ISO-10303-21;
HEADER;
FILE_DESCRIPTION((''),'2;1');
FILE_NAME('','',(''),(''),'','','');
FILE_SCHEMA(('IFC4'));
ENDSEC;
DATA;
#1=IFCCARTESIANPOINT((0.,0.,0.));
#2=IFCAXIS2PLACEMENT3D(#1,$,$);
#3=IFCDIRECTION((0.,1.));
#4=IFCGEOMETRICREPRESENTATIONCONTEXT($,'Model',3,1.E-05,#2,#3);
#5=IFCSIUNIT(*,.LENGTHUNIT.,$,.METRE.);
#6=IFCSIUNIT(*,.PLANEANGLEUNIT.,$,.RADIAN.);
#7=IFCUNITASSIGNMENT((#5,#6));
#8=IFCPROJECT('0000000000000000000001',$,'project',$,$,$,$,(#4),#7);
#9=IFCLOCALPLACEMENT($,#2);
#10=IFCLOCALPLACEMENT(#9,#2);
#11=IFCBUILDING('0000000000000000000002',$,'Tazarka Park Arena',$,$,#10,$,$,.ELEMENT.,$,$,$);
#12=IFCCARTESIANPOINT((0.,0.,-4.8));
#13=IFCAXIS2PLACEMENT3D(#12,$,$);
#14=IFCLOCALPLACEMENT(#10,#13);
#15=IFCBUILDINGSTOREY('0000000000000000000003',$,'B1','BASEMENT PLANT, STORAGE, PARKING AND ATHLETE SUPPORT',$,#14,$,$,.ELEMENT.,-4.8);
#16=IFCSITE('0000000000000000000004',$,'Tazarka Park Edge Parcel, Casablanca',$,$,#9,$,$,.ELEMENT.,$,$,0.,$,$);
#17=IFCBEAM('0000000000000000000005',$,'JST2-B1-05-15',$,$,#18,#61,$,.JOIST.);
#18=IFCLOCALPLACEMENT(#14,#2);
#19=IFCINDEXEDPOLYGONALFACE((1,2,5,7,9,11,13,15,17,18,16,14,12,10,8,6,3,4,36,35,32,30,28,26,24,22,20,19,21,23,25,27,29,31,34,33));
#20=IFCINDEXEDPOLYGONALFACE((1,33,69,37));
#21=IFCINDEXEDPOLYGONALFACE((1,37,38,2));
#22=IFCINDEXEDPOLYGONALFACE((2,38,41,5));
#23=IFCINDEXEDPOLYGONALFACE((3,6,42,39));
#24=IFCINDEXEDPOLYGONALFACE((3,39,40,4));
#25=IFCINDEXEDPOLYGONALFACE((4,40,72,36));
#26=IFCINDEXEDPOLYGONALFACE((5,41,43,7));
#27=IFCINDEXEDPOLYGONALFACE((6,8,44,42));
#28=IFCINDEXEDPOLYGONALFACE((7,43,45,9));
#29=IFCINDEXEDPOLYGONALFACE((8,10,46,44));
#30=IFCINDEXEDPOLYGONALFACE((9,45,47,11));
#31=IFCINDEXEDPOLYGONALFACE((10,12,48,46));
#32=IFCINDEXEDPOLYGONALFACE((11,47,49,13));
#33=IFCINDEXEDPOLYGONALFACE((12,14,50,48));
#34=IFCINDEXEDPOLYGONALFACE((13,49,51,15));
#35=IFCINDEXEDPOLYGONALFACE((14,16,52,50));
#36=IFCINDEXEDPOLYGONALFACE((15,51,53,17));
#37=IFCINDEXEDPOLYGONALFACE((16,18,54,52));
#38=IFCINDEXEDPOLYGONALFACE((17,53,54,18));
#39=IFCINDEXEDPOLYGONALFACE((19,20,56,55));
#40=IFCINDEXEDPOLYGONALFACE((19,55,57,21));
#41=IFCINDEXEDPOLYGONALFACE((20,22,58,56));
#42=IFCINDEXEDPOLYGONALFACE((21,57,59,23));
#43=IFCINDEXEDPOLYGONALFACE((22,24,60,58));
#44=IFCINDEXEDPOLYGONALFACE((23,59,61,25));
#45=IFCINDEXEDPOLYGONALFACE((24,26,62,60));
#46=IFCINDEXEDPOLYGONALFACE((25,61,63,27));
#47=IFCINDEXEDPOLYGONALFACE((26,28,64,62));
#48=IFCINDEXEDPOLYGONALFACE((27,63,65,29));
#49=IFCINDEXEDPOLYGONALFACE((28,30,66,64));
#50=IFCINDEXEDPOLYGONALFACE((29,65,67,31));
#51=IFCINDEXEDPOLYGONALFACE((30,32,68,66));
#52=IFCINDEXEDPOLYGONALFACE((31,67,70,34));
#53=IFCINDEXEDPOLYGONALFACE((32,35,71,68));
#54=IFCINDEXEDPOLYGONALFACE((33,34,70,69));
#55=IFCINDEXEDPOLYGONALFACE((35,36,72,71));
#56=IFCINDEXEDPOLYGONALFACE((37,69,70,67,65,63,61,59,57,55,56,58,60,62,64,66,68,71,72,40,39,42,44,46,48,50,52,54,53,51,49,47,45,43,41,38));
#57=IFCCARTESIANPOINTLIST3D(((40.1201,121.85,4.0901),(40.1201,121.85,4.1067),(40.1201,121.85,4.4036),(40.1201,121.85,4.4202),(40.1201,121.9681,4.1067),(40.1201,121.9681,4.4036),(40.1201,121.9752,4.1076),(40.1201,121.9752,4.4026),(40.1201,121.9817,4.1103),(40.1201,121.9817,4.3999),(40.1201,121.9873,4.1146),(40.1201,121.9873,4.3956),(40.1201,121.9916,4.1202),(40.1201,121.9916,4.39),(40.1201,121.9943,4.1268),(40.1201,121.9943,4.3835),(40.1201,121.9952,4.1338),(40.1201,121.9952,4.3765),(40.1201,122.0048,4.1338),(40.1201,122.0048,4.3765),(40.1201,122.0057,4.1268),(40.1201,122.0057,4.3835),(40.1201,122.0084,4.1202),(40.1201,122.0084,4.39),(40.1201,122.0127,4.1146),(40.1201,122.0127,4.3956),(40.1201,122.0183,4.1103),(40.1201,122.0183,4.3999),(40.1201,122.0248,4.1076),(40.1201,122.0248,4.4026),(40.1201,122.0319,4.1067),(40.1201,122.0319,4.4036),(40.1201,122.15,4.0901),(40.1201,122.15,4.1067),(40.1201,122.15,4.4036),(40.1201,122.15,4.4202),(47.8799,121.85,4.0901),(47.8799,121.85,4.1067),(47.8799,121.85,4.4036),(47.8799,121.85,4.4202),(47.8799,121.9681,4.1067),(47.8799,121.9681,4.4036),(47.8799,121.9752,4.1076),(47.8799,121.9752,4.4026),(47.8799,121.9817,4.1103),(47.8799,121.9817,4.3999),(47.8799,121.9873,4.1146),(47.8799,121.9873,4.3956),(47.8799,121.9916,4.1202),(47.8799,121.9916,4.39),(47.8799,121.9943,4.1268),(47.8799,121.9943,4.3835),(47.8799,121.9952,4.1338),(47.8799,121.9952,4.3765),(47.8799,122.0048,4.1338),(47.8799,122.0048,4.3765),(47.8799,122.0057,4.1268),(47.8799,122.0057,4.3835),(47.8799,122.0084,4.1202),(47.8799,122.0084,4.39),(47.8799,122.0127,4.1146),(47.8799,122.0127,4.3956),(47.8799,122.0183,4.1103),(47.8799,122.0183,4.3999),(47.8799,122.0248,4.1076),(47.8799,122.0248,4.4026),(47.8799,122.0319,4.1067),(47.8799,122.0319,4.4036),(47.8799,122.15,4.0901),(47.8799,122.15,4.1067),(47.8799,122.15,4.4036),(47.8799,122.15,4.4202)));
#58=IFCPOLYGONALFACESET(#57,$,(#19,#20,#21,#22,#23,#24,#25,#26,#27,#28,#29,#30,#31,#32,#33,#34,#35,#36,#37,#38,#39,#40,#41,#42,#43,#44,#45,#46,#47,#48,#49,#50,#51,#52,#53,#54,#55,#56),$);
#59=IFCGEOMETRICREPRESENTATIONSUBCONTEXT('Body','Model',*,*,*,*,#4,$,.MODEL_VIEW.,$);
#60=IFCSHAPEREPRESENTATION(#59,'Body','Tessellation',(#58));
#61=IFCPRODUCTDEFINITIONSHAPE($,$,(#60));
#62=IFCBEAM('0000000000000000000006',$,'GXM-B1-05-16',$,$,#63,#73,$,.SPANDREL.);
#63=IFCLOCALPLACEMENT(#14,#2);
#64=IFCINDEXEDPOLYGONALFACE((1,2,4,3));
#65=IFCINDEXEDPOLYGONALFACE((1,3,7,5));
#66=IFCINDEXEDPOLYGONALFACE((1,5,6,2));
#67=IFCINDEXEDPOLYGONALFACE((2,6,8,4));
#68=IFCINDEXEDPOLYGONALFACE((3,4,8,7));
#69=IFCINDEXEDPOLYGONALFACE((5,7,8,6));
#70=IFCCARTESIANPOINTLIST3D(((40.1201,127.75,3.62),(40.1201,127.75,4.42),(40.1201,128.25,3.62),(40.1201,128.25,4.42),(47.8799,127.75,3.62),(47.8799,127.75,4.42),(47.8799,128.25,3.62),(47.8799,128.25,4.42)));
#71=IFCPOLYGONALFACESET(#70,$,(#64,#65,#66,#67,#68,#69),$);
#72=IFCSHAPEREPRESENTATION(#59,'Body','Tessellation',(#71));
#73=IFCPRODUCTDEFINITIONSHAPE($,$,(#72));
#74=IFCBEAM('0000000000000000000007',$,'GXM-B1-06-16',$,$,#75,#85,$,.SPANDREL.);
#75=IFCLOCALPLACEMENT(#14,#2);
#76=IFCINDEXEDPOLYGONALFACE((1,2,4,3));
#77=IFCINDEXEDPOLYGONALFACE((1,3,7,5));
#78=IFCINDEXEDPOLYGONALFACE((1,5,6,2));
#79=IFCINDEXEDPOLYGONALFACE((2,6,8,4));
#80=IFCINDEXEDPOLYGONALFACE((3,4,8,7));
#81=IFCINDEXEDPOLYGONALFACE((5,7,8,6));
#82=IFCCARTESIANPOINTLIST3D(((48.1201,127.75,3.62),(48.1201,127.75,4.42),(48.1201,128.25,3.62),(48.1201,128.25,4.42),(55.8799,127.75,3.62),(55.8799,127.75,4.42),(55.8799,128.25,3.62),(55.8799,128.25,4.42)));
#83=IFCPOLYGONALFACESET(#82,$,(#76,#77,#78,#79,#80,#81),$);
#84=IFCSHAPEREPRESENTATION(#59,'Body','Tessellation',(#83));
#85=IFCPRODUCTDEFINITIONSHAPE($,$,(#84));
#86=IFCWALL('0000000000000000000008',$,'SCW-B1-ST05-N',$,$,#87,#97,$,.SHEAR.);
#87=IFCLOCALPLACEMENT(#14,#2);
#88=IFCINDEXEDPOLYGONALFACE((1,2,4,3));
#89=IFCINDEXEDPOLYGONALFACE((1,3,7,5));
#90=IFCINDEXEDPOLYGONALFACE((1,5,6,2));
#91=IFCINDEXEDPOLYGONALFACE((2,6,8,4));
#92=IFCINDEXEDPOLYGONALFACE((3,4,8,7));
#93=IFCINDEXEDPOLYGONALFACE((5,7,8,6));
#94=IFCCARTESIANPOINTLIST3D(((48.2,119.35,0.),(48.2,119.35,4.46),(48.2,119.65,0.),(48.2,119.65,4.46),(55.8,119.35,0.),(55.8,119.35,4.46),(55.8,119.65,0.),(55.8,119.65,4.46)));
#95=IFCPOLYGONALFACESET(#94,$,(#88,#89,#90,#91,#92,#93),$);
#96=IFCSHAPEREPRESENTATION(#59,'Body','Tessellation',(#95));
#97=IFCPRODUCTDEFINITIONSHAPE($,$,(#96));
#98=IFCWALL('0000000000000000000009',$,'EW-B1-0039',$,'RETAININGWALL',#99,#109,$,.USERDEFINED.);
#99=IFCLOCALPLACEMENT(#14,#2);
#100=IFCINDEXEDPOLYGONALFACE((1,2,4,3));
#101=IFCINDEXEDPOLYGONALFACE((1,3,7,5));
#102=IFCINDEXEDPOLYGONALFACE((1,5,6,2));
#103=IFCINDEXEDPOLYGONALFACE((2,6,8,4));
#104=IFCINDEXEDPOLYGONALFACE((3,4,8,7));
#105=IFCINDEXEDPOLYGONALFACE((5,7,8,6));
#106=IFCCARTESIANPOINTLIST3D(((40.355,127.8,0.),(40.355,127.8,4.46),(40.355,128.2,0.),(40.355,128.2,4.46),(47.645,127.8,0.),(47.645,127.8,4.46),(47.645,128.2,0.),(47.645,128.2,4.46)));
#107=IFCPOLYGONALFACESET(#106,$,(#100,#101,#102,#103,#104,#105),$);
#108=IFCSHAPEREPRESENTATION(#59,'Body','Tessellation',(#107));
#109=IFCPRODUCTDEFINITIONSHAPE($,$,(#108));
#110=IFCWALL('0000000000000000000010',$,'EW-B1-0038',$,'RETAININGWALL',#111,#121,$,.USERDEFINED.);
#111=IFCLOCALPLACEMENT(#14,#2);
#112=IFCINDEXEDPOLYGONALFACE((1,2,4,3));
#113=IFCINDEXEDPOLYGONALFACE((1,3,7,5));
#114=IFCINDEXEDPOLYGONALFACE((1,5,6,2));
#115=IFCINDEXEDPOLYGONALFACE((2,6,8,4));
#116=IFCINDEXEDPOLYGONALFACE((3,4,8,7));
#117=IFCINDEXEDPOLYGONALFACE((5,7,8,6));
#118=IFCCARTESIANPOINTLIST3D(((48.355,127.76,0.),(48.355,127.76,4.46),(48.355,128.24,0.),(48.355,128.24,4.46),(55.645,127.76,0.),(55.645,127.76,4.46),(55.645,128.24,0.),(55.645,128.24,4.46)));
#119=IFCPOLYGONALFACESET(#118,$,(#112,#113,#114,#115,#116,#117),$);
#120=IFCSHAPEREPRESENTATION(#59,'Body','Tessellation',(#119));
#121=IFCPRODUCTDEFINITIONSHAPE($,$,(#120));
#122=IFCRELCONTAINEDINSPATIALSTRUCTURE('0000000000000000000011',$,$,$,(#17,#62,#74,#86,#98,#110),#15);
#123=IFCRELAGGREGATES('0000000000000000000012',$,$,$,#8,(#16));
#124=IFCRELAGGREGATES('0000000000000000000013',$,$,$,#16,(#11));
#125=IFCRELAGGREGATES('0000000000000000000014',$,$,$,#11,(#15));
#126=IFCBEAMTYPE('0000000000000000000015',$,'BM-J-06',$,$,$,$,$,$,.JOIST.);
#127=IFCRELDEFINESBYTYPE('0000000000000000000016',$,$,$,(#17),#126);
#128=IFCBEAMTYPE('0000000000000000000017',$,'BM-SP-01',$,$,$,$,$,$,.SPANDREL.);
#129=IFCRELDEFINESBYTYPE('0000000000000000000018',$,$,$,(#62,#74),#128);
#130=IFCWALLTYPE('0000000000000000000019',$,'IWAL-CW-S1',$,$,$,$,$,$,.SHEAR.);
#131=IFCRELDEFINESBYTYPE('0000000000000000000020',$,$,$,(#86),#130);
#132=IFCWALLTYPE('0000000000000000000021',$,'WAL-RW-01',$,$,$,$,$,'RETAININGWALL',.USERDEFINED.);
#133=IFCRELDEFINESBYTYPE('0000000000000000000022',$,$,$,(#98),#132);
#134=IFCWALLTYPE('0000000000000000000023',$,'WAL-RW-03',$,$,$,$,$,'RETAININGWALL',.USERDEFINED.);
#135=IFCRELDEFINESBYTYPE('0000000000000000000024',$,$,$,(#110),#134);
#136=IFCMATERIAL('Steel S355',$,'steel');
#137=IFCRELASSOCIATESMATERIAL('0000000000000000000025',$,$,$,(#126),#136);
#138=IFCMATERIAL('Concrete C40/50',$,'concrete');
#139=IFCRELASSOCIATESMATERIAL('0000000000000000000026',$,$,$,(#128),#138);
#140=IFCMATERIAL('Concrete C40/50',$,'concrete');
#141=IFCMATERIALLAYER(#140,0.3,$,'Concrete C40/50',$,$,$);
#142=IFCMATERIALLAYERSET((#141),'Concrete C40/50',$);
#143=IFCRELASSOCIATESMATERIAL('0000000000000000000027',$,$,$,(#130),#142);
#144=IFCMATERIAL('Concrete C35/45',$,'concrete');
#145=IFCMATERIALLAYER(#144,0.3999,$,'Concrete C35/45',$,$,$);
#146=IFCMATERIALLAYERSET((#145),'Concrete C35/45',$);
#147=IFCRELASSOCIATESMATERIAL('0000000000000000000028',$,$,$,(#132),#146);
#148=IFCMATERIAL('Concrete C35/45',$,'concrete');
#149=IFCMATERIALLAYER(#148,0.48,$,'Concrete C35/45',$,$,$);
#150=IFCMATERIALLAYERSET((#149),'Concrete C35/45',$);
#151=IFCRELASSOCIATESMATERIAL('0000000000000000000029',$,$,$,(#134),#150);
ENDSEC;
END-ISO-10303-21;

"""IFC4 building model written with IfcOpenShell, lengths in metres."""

from ifc_helpers import new_model, si_unit, direction, frame, frame_2d, origin, origin_2d, place, context, subcontext, project, spatial, rectangle, i_section, extrude, material, layer, layer_set, material_profile, profile_set, type_object, element, save


model = new_model("IFC4")

# Units and contexts
model_context = context("Model", 3, precision=1e-05, world=origin(), true_north=direction((0.0, 1.0)))
body_context = subcontext(model_context, "Body", "Model", "MODEL_VIEW")
ifc_project = project(units=[si_unit("LENGTHUNIT", "METRE"), si_unit("PLANEANGLEUNIT", "RADIAN")], contexts=[model_context])

# Site, building, storey
site_placement = place(None, origin())
site = spatial("IfcSite", under=ifc_project, at=site_placement, Name="Tazarka Park Edge Parcel, Casablanca", CompositionType="ELEMENT", RefElevation=0.0)
building_placement = place(site_placement, origin())
building = spatial("IfcBuilding", under=site, at=building_placement, Name="Tazarka Park Arena", CompositionType="ELEMENT")
storey_placement = place(building_placement, frame((0.0, 0.0, -4.8)))
storey = spatial("IfcBuildingStorey", under=building, at=storey_placement, Name="B1", Description="BASEMENT PLANT, STORAGE, PARKING AND ATHLETE SUPPORT", CompositionType="ELEMENT", Elevation=-4.8)

# Beams
ifc_material_1 = material(Name="Steel S355", Category="steel")
ifc_material_profile_1 = material_profile(ifc_material_1, i_section(OverallWidth=0.3, OverallDepth=0.3301, WebThickness=0.0095, FlangeThickness=0.0166, FilletRadius=0.0271, at=origin_2d()), Name="Steel S355")
ifc_profile_set_1 = profile_set([ifc_material_profile_1], Name="Steel S355")
beam_type_1 = type_object("IfcBeamType", Name="BM-J-06", PredefinedType="JOIST", material=ifc_profile_set_1)
beam_1_placement = place(storey_placement, frame((40.1201, 122.0, 4.2551), z_axis=(1.0, 0.0, 0.0), x_axis=(0.0, 1.0, 0.0)))
element("IfcBeam", 1, at=beam_1_placement, inside=storey, type_object=beam_type_1, Name="JST2-B1-05-15", PredefinedType="JOIST", context=body_context, shape_type="SweptSolid", body=[
    extrude(i_section(OverallWidth=0.3, OverallDepth=0.3301, WebThickness=0.0095, FlangeThickness=0.0166, FilletRadius=0.0271, at=origin_2d()), origin(), (0.0, 0.0, 1.0), 7.7598),
])
ifc_material_2 = material(Name="Concrete C40/50", Category="concrete")
ifc_material_profile_2 = material_profile(ifc_material_2, rectangle(XDim=0.5, YDim=0.8, at=origin_2d()), Name="Concrete C40/50")
ifc_profile_set_2 = profile_set([ifc_material_profile_2], Name="Concrete C40/50")
beam_type_2 = type_object("IfcBeamType", Name="BM-SP-01", PredefinedType="SPANDREL", material=ifc_profile_set_2)
for number, where, z_axis, x_axis, name in (
    (2, (40.1201, 128.0, 4.02), (1.0, 0.0, 0.0), (0.0, 1.0, 0.0), "GXM-B1-05-16"),
    (3, (48.1201, 128.0, 4.02), (1.0, 0.0, 0.0), (0.0, 1.0, 0.0), "GXM-B1-06-16"),
):
    element("IfcBeam", number, at=place(storey_placement, frame(where, z_axis=z_axis, x_axis=x_axis)), inside=storey, type_object=beam_type_2, Name=name, PredefinedType="SPANDREL", context=body_context, shape_type="SweptSolid", body=[
        extrude(rectangle(XDim=0.5, YDim=0.8, at=origin_2d()), origin(), (0.0, 0.0, 1.0), 7.7598),
    ])

# Walls
ifc_material_3 = material(Name="Concrete C40/50", Category="concrete")
ifc_layer_1 = layer(ifc_material_3, 0.3, Name="Concrete C40/50")
ifc_layer_set_1 = layer_set([ifc_layer_1], Name="Concrete C40/50")
wall_type_1 = type_object("IfcWallType", Name="IWAL-CW-S1", PredefinedType="SHEAR", material=ifc_layer_set_1)
wall_1_placement = place(storey_placement, frame((48.2, 119.5, 0.0), z_axis=(0.0, 0.0, 1.0), x_axis=(1.0, 0.0, 0.0)))
element("IfcWall", 4, at=wall_1_placement, inside=storey, type_object=wall_type_1, Name="SCW-B1-ST05-N", PredefinedType="SHEAR", context=body_context, shape_type="SweptSolid", body=[
    extrude(rectangle(XDim=7.6001, YDim=0.3, at=frame_2d((3.8, 0.0))), origin(), (0.0, 0.0, 1.0), 4.46),
])
ifc_material_4 = material(Name="Concrete C35/45", Category="concrete")
ifc_layer_2 = layer(ifc_material_4, 0.3999, Name="Concrete C35/45")
ifc_layer_set_2 = layer_set([ifc_layer_2], Name="Concrete C35/45")
wall_type_2 = type_object("IfcWallType", Name="WAL-RW-01", ElementType="RETAININGWALL", PredefinedType="USERDEFINED", material=ifc_layer_set_2)
wall_2_placement = place(storey_placement, frame((40.355, 128.0, 0.0), z_axis=(0.0, 0.0, 1.0), x_axis=(1.0, 0.0, 0.0)))
element("IfcWall", 5, at=wall_2_placement, inside=storey, type_object=wall_type_2, Name="EW-B1-0039", ObjectType="RETAININGWALL", PredefinedType="USERDEFINED", context=body_context, shape_type="SweptSolid", body=[
    extrude(rectangle(XDim=7.29, YDim=0.3999, at=frame_2d((3.645, 0.0))), origin(), (0.0, 0.0, 1.0), 4.46),
])
ifc_material_5 = material(Name="Concrete C35/45", Category="concrete")
ifc_layer_3 = layer(ifc_material_5, 0.48, Name="Concrete C35/45")
ifc_layer_set_3 = layer_set([ifc_layer_3], Name="Concrete C35/45")
wall_type_3 = type_object("IfcWallType", Name="WAL-RW-03", ElementType="RETAININGWALL", PredefinedType="USERDEFINED", material=ifc_layer_set_3)
wall_3_placement = place(storey_placement, frame((48.355, 128.0, 0.0), z_axis=(0.0, 0.0, 1.0), x_axis=(1.0, 0.0, 0.0)))
element("IfcWall", 6, at=wall_3_placement, inside=storey, type_object=wall_type_3, Name="EW-B1-0038", ObjectType="RETAININGWALL", PredefinedType="USERDEFINED", context=body_context, shape_type="SweptSolid", body=[
    extrude(rectangle(XDim=7.29, YDim=0.48, at=frame_2d((3.645, 0.0))), origin(), (0.0, 0.0, 1.0), 4.46),
])

save(model, "model.ifc")
